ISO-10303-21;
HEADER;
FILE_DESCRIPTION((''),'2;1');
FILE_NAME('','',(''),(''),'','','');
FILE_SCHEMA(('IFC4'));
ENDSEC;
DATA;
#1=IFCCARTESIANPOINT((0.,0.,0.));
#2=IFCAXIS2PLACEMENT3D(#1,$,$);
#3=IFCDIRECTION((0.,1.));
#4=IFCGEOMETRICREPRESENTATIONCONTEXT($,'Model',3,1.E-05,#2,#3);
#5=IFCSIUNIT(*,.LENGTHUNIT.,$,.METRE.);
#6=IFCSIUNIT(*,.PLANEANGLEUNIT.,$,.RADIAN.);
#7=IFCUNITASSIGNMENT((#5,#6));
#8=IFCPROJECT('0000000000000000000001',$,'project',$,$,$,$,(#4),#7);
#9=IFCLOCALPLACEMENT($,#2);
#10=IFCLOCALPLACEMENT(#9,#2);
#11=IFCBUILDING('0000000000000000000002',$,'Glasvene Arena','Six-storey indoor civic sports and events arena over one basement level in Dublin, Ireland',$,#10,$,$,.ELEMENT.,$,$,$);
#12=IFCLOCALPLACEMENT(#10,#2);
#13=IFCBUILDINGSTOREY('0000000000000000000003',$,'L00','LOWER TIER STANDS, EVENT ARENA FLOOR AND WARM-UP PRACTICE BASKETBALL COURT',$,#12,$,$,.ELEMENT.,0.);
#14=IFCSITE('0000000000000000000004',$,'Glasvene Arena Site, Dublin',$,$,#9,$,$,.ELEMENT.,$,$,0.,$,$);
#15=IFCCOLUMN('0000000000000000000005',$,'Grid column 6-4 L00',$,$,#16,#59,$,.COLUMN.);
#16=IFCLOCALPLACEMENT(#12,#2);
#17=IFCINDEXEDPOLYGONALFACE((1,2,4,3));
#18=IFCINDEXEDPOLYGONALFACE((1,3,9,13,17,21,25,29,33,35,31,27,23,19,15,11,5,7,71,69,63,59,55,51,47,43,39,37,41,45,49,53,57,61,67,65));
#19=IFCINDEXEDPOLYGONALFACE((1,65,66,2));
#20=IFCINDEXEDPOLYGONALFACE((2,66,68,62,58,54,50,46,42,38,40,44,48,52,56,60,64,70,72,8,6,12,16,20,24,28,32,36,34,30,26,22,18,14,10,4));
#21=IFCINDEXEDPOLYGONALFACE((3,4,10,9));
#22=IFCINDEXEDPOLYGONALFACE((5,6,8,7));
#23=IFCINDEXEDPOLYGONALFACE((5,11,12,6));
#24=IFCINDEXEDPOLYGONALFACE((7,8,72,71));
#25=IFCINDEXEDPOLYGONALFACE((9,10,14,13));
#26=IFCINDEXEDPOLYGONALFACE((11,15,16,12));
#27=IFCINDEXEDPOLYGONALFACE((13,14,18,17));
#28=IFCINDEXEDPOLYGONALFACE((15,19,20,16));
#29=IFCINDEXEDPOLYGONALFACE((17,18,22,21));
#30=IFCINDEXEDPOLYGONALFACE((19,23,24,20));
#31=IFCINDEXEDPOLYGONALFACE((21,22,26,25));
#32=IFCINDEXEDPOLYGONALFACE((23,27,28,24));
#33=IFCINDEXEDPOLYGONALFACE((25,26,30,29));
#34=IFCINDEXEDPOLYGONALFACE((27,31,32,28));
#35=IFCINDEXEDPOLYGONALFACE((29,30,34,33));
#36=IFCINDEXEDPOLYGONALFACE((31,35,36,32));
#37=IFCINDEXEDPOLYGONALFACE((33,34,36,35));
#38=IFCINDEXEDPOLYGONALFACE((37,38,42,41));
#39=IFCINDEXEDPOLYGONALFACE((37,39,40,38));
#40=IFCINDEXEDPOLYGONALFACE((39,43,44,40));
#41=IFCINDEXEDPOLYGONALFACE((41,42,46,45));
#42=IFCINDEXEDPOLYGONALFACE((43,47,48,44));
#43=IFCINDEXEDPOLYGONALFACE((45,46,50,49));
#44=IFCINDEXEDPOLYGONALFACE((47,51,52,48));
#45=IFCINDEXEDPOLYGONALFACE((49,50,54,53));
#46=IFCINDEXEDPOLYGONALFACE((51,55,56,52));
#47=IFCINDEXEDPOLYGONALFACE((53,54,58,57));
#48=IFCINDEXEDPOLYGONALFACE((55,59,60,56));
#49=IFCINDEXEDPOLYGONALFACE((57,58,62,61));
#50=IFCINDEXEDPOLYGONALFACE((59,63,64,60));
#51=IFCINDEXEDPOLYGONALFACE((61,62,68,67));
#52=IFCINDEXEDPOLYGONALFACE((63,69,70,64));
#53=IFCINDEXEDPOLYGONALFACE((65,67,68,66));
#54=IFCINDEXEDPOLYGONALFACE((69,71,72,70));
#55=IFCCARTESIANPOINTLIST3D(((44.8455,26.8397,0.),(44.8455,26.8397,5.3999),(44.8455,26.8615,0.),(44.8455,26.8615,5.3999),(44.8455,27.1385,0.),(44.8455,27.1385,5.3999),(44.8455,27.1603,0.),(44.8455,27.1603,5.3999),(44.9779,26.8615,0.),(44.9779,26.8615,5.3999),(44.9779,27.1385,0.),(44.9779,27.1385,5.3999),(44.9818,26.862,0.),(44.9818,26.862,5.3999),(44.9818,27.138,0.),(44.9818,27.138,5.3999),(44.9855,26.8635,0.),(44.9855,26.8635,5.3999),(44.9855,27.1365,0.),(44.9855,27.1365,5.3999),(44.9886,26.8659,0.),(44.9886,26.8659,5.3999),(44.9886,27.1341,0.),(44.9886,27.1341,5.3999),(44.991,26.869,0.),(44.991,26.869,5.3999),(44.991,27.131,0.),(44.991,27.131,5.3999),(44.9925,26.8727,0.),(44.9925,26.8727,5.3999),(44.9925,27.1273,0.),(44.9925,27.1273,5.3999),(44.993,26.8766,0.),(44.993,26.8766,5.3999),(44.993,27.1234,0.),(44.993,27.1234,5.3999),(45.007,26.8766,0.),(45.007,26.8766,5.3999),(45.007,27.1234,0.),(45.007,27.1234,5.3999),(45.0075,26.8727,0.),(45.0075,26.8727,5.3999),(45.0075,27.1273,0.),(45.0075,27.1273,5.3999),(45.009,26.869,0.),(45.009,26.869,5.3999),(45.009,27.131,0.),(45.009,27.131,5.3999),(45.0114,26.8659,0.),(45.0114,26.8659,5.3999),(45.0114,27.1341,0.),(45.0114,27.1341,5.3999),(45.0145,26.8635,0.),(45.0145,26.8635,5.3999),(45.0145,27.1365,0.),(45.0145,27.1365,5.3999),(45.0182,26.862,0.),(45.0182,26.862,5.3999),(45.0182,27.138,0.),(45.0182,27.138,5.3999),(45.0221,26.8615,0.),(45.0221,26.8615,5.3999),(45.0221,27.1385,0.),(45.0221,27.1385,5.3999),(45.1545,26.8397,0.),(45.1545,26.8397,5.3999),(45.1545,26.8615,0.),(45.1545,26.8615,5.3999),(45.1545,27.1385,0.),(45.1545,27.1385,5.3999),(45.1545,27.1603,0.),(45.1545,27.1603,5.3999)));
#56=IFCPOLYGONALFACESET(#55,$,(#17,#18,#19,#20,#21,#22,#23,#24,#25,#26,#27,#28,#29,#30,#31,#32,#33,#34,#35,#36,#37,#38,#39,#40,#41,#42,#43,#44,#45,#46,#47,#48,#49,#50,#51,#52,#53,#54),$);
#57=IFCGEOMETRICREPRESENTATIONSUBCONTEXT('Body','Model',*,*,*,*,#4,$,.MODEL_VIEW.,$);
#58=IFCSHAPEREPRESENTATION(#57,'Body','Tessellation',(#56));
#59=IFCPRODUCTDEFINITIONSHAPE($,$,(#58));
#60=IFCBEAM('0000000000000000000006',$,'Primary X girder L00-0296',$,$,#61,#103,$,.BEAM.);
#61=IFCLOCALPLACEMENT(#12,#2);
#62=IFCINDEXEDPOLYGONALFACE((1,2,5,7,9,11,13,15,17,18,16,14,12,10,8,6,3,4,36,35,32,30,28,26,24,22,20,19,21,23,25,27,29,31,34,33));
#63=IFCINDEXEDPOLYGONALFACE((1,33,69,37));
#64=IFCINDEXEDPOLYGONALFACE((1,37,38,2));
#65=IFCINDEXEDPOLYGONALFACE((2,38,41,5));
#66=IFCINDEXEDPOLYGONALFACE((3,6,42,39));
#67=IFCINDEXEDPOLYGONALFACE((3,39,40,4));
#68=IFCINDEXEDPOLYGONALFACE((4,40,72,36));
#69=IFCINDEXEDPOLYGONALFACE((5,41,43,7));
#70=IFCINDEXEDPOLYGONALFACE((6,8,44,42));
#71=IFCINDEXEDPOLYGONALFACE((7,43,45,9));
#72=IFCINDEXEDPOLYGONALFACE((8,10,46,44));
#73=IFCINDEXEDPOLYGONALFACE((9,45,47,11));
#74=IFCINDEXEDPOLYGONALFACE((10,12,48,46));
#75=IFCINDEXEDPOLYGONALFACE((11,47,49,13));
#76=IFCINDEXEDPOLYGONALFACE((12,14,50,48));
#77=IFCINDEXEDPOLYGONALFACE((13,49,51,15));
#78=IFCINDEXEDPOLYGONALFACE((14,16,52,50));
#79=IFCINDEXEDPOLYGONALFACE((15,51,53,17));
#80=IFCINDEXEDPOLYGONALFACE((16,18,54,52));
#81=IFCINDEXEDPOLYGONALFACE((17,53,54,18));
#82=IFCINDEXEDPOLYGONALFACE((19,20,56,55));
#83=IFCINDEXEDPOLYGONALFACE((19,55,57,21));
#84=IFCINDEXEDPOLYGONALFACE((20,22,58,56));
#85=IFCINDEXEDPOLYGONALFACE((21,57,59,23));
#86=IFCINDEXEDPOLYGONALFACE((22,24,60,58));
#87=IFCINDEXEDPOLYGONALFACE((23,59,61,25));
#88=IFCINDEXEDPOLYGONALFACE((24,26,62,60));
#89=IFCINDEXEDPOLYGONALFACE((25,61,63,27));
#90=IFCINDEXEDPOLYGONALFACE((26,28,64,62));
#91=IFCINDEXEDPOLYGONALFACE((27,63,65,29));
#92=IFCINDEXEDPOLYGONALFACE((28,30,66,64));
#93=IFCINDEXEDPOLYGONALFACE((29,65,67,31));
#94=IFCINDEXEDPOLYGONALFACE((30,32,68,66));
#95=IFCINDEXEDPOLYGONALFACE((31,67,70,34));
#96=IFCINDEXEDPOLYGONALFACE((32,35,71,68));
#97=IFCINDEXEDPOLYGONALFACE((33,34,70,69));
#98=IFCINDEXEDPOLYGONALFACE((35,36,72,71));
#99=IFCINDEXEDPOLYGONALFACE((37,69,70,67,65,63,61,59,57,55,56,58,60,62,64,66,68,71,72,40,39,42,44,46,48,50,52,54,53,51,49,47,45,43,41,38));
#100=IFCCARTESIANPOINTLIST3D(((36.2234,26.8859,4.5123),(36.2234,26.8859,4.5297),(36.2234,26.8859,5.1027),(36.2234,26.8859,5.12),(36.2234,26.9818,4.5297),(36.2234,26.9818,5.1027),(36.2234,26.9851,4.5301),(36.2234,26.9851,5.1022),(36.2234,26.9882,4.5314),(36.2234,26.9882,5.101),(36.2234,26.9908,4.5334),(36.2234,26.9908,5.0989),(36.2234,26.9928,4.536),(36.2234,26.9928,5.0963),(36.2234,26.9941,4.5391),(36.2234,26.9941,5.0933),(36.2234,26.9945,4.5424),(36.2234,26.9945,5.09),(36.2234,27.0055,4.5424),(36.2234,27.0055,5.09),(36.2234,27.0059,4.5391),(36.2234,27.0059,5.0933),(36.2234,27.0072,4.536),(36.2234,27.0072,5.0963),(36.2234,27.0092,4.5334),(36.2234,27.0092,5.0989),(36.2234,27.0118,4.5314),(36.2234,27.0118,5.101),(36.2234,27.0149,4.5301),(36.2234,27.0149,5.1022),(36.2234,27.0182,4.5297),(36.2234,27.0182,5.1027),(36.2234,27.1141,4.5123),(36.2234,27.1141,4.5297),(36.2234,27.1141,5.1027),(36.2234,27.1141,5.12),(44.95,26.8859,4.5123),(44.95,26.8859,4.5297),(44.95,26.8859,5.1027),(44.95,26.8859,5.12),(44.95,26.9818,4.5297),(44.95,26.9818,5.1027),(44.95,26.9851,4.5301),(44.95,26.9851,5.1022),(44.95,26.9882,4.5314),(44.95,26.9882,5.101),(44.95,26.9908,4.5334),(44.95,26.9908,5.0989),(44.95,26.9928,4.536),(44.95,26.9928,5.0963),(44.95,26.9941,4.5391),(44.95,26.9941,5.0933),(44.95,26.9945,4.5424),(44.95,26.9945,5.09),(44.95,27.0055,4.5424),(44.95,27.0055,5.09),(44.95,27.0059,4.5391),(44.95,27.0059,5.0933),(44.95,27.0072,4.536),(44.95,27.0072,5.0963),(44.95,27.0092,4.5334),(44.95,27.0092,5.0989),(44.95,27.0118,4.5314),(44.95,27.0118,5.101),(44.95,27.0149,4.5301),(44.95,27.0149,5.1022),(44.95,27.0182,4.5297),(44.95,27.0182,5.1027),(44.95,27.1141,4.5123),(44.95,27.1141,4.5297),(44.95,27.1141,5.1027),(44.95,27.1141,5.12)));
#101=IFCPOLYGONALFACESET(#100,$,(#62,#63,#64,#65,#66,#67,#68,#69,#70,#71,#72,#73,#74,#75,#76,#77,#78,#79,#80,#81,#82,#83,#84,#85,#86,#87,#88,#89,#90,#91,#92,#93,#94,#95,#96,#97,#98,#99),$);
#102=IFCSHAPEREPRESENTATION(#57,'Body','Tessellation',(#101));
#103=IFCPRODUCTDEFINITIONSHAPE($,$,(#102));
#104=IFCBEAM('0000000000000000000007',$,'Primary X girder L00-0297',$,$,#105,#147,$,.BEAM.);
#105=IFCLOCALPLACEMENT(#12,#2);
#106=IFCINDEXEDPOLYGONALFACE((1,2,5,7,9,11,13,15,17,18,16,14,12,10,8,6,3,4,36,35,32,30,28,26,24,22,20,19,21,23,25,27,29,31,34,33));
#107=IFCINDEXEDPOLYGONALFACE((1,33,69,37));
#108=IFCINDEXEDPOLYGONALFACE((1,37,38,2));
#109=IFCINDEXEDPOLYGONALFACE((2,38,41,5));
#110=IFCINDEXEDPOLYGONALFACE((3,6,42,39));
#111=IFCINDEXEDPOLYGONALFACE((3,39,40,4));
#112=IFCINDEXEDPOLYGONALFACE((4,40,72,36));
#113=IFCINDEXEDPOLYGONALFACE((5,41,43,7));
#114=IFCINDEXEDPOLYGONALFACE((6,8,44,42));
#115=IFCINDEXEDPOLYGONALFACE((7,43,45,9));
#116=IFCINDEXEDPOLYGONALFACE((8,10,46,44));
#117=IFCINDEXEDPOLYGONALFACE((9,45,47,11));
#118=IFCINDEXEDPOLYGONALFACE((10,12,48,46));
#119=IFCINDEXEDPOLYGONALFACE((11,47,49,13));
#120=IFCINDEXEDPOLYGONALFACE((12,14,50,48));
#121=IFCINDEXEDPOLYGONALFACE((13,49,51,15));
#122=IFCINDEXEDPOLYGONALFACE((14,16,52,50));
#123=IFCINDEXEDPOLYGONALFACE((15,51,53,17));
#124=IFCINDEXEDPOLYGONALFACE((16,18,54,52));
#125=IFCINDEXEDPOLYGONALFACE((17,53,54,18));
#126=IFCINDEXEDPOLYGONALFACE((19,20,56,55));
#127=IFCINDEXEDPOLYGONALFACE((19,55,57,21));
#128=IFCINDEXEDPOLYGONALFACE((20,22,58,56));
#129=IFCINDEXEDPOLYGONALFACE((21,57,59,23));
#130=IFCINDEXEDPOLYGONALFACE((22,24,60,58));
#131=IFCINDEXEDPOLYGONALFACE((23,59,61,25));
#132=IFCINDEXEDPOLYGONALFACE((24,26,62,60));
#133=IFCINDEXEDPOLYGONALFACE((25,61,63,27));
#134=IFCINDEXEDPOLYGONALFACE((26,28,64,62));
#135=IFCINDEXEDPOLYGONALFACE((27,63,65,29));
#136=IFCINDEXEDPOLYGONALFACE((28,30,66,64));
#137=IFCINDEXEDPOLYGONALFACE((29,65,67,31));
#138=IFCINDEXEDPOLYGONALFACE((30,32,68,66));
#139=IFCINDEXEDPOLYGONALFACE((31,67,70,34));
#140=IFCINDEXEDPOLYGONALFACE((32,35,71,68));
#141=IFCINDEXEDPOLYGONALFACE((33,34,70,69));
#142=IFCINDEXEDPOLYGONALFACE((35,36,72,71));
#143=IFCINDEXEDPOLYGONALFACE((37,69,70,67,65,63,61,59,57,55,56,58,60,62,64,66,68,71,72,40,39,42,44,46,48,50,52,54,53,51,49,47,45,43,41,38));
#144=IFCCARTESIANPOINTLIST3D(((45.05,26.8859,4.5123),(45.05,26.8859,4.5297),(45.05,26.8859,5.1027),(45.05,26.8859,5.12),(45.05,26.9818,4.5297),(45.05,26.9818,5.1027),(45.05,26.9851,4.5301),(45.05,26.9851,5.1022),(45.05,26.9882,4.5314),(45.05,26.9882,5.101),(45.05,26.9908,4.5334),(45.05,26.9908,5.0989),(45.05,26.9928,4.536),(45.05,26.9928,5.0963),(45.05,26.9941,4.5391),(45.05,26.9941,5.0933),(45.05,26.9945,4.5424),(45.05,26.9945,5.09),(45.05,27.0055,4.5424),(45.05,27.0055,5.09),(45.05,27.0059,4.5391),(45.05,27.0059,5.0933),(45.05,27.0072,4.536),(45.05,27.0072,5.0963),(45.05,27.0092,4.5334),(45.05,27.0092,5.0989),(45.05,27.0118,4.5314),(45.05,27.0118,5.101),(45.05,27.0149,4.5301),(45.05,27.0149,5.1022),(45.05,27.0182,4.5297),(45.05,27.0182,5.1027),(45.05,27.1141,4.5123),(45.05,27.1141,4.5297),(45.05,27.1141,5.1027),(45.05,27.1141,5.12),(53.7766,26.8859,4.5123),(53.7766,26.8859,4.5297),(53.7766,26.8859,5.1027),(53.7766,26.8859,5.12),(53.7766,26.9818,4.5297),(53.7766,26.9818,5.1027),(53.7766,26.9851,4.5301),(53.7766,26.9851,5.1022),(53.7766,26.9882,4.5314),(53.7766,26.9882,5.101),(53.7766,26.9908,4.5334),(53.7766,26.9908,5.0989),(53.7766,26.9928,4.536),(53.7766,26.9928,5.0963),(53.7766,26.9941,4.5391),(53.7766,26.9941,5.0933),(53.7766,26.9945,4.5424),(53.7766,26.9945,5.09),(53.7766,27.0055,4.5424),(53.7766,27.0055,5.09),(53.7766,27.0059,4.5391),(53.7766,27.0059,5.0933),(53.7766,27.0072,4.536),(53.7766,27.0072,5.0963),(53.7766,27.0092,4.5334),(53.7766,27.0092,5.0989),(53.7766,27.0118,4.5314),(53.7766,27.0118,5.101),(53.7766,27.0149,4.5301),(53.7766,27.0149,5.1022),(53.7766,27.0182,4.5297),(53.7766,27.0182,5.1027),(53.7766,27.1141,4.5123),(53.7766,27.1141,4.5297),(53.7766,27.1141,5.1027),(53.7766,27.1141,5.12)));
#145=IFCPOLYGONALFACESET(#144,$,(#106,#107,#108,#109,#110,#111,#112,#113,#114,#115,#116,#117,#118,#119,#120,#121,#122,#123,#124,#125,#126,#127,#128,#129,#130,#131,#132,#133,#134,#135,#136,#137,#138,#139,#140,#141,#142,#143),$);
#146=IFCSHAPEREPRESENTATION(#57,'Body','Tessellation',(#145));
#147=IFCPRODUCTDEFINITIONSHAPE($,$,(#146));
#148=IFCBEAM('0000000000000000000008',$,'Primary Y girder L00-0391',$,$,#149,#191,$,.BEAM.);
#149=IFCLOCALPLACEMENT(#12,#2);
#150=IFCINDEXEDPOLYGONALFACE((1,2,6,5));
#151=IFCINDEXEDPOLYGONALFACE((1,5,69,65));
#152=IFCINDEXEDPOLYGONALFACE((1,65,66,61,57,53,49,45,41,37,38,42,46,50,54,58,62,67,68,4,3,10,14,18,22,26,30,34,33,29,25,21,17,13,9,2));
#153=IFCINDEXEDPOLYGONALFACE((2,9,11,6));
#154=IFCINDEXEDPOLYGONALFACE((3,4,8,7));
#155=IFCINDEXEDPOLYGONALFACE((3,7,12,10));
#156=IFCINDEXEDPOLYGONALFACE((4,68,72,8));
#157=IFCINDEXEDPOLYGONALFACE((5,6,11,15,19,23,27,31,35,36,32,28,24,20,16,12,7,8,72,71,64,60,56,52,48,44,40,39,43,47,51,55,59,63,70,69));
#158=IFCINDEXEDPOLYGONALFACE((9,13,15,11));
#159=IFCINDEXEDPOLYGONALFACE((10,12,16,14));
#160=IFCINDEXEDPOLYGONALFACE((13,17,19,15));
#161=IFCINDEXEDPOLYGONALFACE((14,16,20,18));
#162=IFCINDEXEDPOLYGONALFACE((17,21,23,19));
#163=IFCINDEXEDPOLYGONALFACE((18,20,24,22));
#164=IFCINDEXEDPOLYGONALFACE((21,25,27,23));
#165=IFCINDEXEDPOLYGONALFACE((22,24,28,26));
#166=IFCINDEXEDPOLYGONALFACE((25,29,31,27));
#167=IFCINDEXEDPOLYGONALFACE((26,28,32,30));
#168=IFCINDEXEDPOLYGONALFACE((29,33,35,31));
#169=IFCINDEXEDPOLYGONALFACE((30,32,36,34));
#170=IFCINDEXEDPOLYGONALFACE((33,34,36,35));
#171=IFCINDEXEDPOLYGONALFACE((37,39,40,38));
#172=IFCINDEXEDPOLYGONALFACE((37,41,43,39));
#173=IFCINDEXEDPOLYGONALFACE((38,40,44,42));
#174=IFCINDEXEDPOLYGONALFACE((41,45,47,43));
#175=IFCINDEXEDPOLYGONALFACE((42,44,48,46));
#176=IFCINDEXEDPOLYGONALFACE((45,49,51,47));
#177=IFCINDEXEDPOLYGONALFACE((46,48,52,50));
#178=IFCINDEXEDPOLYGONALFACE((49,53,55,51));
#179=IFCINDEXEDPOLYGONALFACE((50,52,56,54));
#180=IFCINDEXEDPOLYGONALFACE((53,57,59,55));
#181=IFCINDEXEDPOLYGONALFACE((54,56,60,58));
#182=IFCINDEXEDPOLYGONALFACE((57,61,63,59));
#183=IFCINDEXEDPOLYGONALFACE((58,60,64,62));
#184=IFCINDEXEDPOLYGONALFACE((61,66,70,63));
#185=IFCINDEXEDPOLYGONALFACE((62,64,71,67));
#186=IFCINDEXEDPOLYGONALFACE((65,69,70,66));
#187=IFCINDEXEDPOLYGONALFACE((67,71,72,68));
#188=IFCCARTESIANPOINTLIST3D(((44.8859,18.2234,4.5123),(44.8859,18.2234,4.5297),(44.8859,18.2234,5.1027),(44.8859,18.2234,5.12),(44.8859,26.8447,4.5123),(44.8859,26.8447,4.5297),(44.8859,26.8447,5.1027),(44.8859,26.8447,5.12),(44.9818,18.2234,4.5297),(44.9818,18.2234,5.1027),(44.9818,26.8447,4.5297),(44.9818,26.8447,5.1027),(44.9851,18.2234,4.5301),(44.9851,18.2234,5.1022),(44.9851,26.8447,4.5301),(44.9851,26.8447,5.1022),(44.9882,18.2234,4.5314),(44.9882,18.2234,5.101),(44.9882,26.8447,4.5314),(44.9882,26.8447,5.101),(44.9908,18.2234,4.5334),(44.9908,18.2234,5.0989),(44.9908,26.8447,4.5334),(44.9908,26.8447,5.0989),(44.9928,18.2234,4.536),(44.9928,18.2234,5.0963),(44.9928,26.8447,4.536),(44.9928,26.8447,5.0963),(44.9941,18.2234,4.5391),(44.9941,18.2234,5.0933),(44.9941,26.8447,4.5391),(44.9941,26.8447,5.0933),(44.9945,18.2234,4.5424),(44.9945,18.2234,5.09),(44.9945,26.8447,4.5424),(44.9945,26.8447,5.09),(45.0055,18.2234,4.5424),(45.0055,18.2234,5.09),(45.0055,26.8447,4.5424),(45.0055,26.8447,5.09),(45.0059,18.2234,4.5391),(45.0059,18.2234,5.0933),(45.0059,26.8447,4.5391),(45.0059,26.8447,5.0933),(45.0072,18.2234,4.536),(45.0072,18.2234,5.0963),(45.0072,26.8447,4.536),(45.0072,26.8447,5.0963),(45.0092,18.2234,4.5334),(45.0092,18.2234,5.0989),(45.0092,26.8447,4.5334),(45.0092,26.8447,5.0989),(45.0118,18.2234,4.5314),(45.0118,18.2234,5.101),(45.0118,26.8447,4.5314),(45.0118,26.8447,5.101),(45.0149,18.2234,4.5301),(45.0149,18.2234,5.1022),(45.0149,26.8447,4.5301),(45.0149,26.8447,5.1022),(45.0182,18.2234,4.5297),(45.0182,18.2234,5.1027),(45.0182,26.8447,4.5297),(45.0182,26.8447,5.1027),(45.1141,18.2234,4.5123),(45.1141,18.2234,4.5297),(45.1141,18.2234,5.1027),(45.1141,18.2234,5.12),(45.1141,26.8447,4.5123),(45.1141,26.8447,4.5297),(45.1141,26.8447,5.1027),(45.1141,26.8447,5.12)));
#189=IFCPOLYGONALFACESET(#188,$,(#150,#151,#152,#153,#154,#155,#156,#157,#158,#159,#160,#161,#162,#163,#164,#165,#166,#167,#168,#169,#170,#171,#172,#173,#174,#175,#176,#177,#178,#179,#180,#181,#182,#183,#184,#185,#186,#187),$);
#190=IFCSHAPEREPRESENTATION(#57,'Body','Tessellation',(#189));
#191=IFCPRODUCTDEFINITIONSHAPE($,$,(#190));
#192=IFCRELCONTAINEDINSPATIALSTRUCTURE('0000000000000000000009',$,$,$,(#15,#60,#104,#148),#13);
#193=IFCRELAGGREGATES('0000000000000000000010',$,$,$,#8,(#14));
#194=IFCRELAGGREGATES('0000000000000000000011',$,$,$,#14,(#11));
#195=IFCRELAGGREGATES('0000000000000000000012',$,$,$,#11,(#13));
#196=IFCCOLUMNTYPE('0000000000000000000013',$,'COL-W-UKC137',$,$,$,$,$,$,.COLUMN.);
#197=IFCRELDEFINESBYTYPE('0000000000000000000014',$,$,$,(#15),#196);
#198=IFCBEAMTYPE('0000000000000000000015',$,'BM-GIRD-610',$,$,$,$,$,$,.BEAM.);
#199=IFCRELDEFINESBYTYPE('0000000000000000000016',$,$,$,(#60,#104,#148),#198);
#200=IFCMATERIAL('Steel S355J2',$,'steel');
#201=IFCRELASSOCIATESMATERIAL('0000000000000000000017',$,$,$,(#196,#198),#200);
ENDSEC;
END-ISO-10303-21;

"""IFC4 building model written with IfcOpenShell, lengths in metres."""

from ifc_helpers import new_model, si_unit, direction, frame, origin, origin_2d, place, context, subcontext, project, spatial, i_section, extrude, material, material_profile, profile_set, type_object, element, save


model = new_model("IFC4")

# Units and contexts
model_context = context("Model", 3, precision=1e-05, world=origin(), true_north=direction((0.0, 1.0)))
body_context = subcontext(model_context, "Body", "Model", "MODEL_VIEW")
ifc_project = project(units=[si_unit("LENGTHUNIT", "METRE"), si_unit("PLANEANGLEUNIT", "RADIAN")], contexts=[model_context])

# Site, building, storey
site_placement = place(None, origin())
site = spatial("IfcSite", under=ifc_project, at=site_placement, Name="Glasvene Arena Site, Dublin", CompositionType="ELEMENT", RefElevation=0.0)
building_placement = place(site_placement, origin())
building = spatial("IfcBuilding", under=site, at=building_placement, Name="Glasvene Arena", Description="Six-storey indoor civic sports and events arena over one basement level in Dublin, Ireland", CompositionType="ELEMENT")
storey_placement = place(building_placement, origin())
storey = spatial("IfcBuildingStorey", under=building, at=storey_placement, Name="L00", Description="LOWER TIER STANDS, EVENT ARENA FLOOR AND WARM-UP PRACTICE BASKETBALL COURT", CompositionType="ELEMENT", Elevation=0.0)

# Column
ifc_material_1 = material(Name="Steel S355J2", Category="steel")
ifc_material_profile_1 = material_profile(ifc_material_1, i_section(OverallWidth=0.3091, OverallDepth=0.3206, WebThickness=0.0139, FlangeThickness=0.0217, FilletRadius=0.0151, at=origin_2d()), Name="UKC 305x305x137")
ifc_profile_set_1 = profile_set([ifc_material_profile_1], Name="Steel S355J2")
column_type = type_object("IfcColumnType", Name="COL-W-UKC137", PredefinedType="COLUMN", material=ifc_profile_set_1)
column_placement = place(storey_placement, frame((45.0, 27.0, 0.0), z_axis=(0.0, 0.0, 1.0), x_axis=(1.0, 0.0, 0.0)))
element("IfcColumn", 1, at=column_placement, inside=storey, type_object=column_type, Name="Grid column 6-4 L00", PredefinedType="COLUMN", context=body_context, shape_type="SweptSolid", body=[
    extrude(i_section(OverallWidth=0.3091, OverallDepth=0.3206, WebThickness=0.0139, FlangeThickness=0.0217, FilletRadius=0.0151, at=origin_2d()), origin(), (0.0, 0.0, 1.0), 5.3999),
])

# Beams
ifc_material_profile_2 = material_profile(ifc_material_1, i_section(OverallWidth=0.2283, OverallDepth=0.6077, WebThickness=0.011, FlangeThickness=0.0173, FilletRadius=0.0127, at=origin_2d()), Name="UKB 610x229x113")
ifc_profile_set_2 = profile_set([ifc_material_profile_2], Name="Steel S355J2")
beam_type_1 = type_object("IfcBeamType", Name="BM-GIRD-610", PredefinedType="BEAM", material=ifc_profile_set_2)
for number, where, z_axis, x_axis, name in (
    (2, (36.2234, 27.0, 4.8162), (1.0, 0.0, 0.0), (0.0, 1.0, 0.0), "Primary X girder L00-0296"),
    (3, (45.05, 27.0, 4.8162), (1.0, 0.0, 0.0), (0.0, 1.0, 0.0), "Primary X girder L00-0297"),
):
    element("IfcBeam", number, at=place(storey_placement, frame(where, z_axis=z_axis, x_axis=x_axis)), inside=storey, type_object=beam_type_1, Name=name, PredefinedType="BEAM", context=body_context, shape_type="SweptSolid", body=[
        extrude(i_section(OverallWidth=0.2283, OverallDepth=0.6077, WebThickness=0.011, FlangeThickness=0.0173, FilletRadius=0.0127, at=origin_2d()), origin(), (0.0, 0.0, 1.0), 8.7266),
    ])
beam_1_placement = place(storey_placement, frame((45.0, 18.2234, 4.8162), z_axis=(0.0, 1.0, 0.0), x_axis=(-1.0, 0.0, 0.0)))
element("IfcBeam", 4, at=beam_1_placement, inside=storey, type_object=beam_type_1, Name="Primary Y girder L00-0391", PredefinedType="BEAM", context=body_context, shape_type="SweptSolid", body=[
    extrude(i_section(OverallWidth=0.2283, OverallDepth=0.6077, WebThickness=0.011, FlangeThickness=0.0173, FilletRadius=0.0127, at=origin_2d()), origin(), (0.0, 0.0, 1.0), 8.6213),
])

save(model, "model.ifc")
